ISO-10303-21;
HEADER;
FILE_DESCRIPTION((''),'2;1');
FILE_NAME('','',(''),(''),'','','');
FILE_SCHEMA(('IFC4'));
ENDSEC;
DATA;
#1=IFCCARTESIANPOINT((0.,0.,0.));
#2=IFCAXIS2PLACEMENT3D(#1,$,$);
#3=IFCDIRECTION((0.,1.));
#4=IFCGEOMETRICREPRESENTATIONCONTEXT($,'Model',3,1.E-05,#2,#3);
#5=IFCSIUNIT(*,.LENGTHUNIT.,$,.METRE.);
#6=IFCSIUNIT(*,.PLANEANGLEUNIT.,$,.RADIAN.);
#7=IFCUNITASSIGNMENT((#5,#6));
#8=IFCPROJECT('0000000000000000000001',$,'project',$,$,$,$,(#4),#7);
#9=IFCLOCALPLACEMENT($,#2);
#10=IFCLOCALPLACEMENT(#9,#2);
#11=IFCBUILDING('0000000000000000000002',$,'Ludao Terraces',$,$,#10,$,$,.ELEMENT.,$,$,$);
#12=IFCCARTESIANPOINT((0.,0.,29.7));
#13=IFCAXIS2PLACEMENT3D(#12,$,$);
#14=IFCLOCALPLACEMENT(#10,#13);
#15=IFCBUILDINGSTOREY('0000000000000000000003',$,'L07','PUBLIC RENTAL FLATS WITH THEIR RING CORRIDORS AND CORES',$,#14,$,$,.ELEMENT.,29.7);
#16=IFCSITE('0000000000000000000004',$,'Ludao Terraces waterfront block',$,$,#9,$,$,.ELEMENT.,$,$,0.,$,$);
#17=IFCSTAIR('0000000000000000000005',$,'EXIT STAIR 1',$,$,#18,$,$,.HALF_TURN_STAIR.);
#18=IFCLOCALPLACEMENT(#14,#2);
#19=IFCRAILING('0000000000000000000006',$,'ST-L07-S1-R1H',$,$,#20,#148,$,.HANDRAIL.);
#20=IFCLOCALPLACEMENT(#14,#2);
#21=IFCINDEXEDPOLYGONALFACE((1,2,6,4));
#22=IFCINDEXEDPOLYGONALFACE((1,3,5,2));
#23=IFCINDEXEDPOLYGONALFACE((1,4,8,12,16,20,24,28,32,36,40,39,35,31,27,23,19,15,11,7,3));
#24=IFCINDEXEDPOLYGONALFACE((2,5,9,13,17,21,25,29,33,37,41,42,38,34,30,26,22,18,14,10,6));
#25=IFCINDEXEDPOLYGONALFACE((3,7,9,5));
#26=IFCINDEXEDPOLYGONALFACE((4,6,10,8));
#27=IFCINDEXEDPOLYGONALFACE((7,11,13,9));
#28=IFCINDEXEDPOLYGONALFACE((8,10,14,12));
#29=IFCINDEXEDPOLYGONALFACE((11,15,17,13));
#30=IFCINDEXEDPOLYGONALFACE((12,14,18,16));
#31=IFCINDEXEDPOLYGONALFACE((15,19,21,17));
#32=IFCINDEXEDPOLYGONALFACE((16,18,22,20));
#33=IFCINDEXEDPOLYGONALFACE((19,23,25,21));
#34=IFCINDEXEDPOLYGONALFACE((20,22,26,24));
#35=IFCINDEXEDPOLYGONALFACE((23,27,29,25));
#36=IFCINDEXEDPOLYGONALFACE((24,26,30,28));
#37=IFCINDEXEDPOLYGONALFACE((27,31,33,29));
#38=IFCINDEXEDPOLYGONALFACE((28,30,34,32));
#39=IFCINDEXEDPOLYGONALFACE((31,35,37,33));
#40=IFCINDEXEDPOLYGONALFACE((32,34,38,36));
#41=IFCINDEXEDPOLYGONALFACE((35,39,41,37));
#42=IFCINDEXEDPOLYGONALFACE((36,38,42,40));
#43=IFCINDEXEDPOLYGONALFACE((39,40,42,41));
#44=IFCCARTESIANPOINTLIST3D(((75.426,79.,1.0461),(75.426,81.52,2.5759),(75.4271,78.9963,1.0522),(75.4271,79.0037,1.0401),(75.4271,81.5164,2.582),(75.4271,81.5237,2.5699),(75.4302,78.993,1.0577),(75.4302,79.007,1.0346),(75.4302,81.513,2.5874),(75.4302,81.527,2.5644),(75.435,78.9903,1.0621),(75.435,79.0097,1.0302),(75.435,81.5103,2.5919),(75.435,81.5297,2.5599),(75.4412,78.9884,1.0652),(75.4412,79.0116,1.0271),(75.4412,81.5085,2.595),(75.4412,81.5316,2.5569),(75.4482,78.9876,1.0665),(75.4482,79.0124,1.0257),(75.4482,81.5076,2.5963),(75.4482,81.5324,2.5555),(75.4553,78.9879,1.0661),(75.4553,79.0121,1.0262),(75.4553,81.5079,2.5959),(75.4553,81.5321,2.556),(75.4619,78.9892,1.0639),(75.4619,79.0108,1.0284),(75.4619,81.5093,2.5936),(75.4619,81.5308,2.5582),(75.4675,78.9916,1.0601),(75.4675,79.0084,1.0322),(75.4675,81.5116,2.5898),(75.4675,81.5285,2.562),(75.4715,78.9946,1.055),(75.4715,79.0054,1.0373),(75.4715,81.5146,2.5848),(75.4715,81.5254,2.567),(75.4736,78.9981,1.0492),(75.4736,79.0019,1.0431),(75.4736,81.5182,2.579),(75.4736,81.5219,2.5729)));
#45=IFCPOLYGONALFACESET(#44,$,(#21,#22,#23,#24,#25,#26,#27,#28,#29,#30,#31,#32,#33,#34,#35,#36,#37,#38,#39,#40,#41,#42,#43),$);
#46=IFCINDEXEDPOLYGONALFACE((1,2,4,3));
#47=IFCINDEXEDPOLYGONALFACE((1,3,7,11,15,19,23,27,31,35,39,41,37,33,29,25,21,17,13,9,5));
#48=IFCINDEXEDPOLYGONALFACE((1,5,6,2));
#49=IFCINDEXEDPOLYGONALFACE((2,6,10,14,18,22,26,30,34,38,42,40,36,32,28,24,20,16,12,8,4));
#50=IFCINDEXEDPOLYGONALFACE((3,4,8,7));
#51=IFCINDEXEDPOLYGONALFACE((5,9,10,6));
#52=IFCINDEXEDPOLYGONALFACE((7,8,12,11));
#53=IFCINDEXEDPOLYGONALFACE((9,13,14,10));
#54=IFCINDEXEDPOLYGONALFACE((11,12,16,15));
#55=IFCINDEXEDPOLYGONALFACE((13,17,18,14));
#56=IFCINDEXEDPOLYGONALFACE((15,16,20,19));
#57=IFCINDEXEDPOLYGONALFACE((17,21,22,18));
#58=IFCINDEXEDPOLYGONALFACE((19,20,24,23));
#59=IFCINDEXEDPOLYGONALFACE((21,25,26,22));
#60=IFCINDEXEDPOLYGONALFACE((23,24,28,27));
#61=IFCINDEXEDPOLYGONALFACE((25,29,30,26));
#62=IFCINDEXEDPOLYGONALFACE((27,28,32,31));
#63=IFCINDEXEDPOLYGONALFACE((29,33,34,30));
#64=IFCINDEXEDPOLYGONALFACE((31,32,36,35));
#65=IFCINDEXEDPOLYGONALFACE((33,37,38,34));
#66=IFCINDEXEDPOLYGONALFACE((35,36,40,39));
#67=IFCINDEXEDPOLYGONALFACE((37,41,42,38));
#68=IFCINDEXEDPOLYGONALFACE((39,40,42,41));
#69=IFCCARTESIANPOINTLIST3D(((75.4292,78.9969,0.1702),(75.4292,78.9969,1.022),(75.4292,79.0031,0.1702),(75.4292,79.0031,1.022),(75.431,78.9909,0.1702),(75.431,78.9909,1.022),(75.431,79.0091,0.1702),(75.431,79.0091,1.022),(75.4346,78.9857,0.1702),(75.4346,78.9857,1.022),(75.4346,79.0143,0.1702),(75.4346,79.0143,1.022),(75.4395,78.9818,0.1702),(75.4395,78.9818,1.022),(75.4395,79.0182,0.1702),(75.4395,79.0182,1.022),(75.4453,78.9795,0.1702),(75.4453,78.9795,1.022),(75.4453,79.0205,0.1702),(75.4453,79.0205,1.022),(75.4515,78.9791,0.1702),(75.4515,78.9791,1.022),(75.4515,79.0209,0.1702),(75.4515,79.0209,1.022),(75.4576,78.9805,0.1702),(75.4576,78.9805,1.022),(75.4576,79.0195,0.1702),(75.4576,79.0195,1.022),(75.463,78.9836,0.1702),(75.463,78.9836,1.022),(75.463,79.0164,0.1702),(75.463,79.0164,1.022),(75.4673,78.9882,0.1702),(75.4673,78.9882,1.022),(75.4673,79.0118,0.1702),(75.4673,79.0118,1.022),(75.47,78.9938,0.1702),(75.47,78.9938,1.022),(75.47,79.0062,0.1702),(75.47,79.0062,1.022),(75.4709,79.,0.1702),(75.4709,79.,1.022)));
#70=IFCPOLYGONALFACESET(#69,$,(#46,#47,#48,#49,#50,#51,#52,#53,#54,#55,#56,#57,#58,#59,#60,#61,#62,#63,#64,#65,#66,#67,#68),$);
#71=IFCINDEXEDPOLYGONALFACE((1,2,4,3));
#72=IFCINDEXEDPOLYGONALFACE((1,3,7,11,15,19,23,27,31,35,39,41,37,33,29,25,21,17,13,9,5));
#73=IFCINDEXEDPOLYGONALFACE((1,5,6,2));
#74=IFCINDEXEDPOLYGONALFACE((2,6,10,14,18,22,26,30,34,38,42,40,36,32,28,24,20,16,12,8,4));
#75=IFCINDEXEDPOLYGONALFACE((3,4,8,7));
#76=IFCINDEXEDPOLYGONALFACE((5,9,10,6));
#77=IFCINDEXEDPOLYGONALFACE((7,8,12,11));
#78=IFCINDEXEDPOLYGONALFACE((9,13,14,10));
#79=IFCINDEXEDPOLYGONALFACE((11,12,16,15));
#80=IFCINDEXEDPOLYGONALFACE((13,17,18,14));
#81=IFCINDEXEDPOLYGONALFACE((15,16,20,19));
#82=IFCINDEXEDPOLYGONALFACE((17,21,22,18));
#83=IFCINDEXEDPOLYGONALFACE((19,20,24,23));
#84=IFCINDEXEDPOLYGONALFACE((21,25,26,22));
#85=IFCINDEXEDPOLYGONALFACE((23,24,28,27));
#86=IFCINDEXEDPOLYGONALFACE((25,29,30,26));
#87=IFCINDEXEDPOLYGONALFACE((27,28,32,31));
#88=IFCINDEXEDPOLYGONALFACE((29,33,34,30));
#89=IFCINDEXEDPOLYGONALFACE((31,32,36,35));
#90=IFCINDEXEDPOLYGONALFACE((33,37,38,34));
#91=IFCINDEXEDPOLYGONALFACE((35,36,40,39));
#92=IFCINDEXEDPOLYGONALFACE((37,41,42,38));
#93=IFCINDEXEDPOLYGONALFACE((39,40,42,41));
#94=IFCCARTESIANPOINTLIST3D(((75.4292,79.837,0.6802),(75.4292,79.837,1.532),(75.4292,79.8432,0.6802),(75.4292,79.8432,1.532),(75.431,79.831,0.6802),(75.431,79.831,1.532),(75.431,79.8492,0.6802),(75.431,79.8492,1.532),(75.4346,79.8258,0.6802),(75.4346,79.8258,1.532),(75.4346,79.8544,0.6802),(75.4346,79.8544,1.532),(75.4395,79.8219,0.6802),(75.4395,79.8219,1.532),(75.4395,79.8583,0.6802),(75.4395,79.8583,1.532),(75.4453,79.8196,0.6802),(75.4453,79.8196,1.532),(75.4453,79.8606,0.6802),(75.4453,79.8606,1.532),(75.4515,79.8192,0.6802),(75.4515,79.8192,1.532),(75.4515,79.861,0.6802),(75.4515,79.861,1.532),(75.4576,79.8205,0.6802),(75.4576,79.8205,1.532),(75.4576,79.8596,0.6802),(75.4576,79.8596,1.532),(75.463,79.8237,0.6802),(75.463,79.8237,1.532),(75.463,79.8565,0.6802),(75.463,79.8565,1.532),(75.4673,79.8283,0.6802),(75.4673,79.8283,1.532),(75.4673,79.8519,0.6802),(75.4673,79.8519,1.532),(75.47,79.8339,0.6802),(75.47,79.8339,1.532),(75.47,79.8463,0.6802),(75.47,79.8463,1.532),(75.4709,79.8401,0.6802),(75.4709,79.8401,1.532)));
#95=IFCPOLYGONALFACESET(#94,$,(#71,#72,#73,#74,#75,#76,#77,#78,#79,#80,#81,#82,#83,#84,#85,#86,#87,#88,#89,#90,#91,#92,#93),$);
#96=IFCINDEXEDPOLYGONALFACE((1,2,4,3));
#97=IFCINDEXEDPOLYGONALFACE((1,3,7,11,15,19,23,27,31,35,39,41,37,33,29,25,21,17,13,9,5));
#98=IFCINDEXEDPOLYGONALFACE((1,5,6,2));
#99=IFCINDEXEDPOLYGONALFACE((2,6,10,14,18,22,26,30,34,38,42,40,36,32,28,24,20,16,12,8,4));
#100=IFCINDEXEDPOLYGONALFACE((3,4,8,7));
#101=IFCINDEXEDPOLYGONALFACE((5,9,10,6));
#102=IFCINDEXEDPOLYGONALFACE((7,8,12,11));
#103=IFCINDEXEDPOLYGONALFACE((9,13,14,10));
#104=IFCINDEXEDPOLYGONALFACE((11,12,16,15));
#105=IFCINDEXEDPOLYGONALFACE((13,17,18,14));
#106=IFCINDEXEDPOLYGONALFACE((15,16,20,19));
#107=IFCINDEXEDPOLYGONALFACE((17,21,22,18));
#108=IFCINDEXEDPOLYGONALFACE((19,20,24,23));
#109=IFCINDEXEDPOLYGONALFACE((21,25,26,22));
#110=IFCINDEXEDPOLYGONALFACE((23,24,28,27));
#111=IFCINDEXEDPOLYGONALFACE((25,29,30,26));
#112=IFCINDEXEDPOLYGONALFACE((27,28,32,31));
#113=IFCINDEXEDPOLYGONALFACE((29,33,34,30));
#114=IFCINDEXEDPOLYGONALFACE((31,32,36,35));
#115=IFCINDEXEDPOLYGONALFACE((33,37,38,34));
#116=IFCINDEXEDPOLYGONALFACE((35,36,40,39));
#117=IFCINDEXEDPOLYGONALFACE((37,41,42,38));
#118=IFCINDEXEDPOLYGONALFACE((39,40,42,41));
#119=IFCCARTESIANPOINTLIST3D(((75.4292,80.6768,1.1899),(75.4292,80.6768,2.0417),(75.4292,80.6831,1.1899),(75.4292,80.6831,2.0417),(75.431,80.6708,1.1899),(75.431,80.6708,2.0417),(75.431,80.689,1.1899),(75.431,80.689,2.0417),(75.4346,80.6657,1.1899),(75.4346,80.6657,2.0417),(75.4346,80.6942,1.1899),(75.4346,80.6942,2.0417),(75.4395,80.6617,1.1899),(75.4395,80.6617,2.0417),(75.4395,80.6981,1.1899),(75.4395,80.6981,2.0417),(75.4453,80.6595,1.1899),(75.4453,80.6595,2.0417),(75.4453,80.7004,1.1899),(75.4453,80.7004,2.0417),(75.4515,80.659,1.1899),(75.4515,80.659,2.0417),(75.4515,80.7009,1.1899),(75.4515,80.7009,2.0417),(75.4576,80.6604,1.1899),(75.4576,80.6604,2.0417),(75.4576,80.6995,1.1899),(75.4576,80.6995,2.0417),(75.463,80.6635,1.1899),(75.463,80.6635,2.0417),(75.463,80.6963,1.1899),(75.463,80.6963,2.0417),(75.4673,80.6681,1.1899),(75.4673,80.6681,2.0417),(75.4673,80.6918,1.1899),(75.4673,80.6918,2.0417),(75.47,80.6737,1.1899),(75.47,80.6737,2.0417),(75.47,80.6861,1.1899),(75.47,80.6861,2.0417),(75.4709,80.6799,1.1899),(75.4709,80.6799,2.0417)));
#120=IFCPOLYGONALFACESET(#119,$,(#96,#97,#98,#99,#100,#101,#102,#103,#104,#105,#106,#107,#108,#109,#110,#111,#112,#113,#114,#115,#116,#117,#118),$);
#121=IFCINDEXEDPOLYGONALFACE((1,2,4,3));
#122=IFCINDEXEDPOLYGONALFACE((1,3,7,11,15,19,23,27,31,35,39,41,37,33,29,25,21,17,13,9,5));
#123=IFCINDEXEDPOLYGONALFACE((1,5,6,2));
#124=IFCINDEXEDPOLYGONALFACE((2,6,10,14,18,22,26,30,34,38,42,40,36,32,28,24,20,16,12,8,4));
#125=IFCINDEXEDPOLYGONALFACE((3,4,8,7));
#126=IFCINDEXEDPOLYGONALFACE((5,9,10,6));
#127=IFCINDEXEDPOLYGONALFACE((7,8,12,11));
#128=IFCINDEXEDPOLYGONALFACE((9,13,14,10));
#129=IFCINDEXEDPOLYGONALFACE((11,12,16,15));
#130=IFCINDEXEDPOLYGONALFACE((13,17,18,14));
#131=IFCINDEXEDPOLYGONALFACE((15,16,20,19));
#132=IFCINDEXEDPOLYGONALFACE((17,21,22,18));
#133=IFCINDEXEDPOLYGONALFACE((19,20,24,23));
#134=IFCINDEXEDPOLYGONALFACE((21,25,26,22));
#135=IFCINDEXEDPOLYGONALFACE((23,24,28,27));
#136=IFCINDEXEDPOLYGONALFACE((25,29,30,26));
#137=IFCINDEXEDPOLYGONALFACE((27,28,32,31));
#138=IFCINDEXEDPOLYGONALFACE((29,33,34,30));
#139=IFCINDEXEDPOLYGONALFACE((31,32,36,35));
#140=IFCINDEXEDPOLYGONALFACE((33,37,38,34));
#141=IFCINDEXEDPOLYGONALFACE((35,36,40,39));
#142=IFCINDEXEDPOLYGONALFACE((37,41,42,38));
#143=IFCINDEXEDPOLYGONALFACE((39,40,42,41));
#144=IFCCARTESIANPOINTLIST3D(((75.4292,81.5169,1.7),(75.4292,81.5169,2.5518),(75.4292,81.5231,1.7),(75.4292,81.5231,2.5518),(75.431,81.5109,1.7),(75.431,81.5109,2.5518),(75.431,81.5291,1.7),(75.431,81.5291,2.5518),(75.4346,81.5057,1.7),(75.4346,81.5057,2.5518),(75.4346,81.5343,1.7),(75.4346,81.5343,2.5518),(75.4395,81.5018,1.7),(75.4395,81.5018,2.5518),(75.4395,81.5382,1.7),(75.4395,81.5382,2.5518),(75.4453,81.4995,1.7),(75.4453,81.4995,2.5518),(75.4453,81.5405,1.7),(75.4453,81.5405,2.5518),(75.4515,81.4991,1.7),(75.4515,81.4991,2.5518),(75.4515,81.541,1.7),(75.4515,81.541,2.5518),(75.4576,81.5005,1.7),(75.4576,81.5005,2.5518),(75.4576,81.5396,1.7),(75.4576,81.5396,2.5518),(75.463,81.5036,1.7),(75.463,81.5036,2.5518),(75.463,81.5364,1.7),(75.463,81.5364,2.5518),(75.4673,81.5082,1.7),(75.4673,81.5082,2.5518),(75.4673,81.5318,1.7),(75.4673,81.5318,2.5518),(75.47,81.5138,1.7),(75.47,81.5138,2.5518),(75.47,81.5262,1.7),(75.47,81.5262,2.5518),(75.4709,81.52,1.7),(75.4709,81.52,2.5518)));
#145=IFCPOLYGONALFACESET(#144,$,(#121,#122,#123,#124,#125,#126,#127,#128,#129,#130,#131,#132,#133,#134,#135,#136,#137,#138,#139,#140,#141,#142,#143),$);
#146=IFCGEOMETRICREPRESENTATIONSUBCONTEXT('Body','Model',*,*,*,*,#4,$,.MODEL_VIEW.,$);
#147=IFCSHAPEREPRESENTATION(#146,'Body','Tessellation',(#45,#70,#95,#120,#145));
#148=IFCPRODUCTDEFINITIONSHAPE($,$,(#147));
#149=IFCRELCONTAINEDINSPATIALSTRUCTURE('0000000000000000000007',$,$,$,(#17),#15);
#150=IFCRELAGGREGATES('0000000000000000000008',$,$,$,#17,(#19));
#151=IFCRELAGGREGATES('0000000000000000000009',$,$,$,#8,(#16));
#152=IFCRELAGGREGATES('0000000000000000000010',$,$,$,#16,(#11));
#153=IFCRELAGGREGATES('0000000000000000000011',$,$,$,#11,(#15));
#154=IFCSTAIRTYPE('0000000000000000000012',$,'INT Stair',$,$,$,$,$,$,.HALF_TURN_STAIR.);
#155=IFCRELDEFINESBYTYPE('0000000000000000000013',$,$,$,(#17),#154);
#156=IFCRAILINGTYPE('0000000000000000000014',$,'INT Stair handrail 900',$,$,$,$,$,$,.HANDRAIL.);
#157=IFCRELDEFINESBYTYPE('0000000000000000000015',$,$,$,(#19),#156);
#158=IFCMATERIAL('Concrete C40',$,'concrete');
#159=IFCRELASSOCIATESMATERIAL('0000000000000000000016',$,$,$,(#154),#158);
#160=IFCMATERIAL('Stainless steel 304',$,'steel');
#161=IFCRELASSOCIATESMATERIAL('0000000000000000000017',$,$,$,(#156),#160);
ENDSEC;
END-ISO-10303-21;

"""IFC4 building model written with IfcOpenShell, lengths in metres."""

from ifc_helpers import new_model, si_unit, direction, frame, origin, origin_2d, place, context, subcontext, project, spatial, circle, extrude, material, type_object, element, aggregate, save


model = new_model("IFC4")

# Units and contexts
model_context = context("Model", 3, precision=1e-05, world=origin(), true_north=direction((0.0, 1.0)))
body_context = subcontext(model_context, "Body", "Model", "MODEL_VIEW")
ifc_project = project(units=[si_unit("LENGTHUNIT", "METRE"), si_unit("PLANEANGLEUNIT", "RADIAN")], contexts=[model_context])

# Site, building, storey
site_placement = place(None, origin())
site = spatial("IfcSite", under=ifc_project, at=site_placement, Name="Ludao Terraces waterfront block", CompositionType="ELEMENT", RefElevation=0.0)
building_placement = place(site_placement, origin())
building = spatial("IfcBuilding", under=site, at=building_placement, Name="Ludao Terraces", CompositionType="ELEMENT")
storey_placement = place(building_placement, frame((0.0, 0.0, 29.7)))
storey = spatial("IfcBuildingStorey", under=building, at=storey_placement, Name="L07", Description="PUBLIC RENTAL FLATS WITH THEIR RING CORRIDORS AND CORES", CompositionType="ELEMENT", Elevation=29.7)

# Shared definitions
ifc_material_1 = material(Name="Concrete C40", Category="concrete")

# Stair, railing
stair_type = type_object("IfcStairType", Name="INT Stair", PredefinedType="HALF_TURN_STAIR", material=ifc_material_1)
stair_placement = place(storey_placement, origin())
stair = element("IfcStair", 1, at=stair_placement, inside=storey, type_object=stair_type, Name="EXIT STAIR 1", PredefinedType="HALF_TURN_STAIR")
ifc_material_2 = material(Name="Stainless steel 304", Category="steel")
railing_type_1 = type_object("IfcRailingType", Name="INT Stair handrail 900", PredefinedType="HANDRAIL", material=ifc_material_2)
railing_1_placement = place(storey_placement, frame((75.45, 79.0, 0.1702)))
railing_1 = element("IfcRailing", 2, at=railing_1_placement, type_object=railing_type_1, Name="ST-L07-S1-R1H", PredefinedType="HANDRAIL", context=body_context, shape_type="SweptSolid", body=[
    extrude(circle(Radius=0.0239, at=origin_2d()), frame((0.0, 0.0, 0.876), z_axis=(0.0, 0.854822, 0.518922), x_axis=(-1.0, 0.0, 0.0)), (0.0, 0.0, 1.0), 2.948),
    extrude(circle(Radius=0.021, at=origin_2d()), origin(), (0.0, 0.0, 1.0), 0.8518),
    extrude(circle(Radius=0.021, at=origin_2d()), frame((0.0, 0.8401, 0.51)), (0.0, 0.0, 1.0), 0.8518),
    extrude(circle(Radius=0.021, at=origin_2d()), frame((0.0, 1.6799, 1.0198)), (0.0, 0.0, 1.0), 0.8518),
    extrude(circle(Radius=0.021, at=origin_2d()), frame((0.0, 2.52, 1.5298)), (0.0, 0.0, 1.0), 0.8518),
])
aggregate(stair, [railing_1])

save(model, "model.ifc")
